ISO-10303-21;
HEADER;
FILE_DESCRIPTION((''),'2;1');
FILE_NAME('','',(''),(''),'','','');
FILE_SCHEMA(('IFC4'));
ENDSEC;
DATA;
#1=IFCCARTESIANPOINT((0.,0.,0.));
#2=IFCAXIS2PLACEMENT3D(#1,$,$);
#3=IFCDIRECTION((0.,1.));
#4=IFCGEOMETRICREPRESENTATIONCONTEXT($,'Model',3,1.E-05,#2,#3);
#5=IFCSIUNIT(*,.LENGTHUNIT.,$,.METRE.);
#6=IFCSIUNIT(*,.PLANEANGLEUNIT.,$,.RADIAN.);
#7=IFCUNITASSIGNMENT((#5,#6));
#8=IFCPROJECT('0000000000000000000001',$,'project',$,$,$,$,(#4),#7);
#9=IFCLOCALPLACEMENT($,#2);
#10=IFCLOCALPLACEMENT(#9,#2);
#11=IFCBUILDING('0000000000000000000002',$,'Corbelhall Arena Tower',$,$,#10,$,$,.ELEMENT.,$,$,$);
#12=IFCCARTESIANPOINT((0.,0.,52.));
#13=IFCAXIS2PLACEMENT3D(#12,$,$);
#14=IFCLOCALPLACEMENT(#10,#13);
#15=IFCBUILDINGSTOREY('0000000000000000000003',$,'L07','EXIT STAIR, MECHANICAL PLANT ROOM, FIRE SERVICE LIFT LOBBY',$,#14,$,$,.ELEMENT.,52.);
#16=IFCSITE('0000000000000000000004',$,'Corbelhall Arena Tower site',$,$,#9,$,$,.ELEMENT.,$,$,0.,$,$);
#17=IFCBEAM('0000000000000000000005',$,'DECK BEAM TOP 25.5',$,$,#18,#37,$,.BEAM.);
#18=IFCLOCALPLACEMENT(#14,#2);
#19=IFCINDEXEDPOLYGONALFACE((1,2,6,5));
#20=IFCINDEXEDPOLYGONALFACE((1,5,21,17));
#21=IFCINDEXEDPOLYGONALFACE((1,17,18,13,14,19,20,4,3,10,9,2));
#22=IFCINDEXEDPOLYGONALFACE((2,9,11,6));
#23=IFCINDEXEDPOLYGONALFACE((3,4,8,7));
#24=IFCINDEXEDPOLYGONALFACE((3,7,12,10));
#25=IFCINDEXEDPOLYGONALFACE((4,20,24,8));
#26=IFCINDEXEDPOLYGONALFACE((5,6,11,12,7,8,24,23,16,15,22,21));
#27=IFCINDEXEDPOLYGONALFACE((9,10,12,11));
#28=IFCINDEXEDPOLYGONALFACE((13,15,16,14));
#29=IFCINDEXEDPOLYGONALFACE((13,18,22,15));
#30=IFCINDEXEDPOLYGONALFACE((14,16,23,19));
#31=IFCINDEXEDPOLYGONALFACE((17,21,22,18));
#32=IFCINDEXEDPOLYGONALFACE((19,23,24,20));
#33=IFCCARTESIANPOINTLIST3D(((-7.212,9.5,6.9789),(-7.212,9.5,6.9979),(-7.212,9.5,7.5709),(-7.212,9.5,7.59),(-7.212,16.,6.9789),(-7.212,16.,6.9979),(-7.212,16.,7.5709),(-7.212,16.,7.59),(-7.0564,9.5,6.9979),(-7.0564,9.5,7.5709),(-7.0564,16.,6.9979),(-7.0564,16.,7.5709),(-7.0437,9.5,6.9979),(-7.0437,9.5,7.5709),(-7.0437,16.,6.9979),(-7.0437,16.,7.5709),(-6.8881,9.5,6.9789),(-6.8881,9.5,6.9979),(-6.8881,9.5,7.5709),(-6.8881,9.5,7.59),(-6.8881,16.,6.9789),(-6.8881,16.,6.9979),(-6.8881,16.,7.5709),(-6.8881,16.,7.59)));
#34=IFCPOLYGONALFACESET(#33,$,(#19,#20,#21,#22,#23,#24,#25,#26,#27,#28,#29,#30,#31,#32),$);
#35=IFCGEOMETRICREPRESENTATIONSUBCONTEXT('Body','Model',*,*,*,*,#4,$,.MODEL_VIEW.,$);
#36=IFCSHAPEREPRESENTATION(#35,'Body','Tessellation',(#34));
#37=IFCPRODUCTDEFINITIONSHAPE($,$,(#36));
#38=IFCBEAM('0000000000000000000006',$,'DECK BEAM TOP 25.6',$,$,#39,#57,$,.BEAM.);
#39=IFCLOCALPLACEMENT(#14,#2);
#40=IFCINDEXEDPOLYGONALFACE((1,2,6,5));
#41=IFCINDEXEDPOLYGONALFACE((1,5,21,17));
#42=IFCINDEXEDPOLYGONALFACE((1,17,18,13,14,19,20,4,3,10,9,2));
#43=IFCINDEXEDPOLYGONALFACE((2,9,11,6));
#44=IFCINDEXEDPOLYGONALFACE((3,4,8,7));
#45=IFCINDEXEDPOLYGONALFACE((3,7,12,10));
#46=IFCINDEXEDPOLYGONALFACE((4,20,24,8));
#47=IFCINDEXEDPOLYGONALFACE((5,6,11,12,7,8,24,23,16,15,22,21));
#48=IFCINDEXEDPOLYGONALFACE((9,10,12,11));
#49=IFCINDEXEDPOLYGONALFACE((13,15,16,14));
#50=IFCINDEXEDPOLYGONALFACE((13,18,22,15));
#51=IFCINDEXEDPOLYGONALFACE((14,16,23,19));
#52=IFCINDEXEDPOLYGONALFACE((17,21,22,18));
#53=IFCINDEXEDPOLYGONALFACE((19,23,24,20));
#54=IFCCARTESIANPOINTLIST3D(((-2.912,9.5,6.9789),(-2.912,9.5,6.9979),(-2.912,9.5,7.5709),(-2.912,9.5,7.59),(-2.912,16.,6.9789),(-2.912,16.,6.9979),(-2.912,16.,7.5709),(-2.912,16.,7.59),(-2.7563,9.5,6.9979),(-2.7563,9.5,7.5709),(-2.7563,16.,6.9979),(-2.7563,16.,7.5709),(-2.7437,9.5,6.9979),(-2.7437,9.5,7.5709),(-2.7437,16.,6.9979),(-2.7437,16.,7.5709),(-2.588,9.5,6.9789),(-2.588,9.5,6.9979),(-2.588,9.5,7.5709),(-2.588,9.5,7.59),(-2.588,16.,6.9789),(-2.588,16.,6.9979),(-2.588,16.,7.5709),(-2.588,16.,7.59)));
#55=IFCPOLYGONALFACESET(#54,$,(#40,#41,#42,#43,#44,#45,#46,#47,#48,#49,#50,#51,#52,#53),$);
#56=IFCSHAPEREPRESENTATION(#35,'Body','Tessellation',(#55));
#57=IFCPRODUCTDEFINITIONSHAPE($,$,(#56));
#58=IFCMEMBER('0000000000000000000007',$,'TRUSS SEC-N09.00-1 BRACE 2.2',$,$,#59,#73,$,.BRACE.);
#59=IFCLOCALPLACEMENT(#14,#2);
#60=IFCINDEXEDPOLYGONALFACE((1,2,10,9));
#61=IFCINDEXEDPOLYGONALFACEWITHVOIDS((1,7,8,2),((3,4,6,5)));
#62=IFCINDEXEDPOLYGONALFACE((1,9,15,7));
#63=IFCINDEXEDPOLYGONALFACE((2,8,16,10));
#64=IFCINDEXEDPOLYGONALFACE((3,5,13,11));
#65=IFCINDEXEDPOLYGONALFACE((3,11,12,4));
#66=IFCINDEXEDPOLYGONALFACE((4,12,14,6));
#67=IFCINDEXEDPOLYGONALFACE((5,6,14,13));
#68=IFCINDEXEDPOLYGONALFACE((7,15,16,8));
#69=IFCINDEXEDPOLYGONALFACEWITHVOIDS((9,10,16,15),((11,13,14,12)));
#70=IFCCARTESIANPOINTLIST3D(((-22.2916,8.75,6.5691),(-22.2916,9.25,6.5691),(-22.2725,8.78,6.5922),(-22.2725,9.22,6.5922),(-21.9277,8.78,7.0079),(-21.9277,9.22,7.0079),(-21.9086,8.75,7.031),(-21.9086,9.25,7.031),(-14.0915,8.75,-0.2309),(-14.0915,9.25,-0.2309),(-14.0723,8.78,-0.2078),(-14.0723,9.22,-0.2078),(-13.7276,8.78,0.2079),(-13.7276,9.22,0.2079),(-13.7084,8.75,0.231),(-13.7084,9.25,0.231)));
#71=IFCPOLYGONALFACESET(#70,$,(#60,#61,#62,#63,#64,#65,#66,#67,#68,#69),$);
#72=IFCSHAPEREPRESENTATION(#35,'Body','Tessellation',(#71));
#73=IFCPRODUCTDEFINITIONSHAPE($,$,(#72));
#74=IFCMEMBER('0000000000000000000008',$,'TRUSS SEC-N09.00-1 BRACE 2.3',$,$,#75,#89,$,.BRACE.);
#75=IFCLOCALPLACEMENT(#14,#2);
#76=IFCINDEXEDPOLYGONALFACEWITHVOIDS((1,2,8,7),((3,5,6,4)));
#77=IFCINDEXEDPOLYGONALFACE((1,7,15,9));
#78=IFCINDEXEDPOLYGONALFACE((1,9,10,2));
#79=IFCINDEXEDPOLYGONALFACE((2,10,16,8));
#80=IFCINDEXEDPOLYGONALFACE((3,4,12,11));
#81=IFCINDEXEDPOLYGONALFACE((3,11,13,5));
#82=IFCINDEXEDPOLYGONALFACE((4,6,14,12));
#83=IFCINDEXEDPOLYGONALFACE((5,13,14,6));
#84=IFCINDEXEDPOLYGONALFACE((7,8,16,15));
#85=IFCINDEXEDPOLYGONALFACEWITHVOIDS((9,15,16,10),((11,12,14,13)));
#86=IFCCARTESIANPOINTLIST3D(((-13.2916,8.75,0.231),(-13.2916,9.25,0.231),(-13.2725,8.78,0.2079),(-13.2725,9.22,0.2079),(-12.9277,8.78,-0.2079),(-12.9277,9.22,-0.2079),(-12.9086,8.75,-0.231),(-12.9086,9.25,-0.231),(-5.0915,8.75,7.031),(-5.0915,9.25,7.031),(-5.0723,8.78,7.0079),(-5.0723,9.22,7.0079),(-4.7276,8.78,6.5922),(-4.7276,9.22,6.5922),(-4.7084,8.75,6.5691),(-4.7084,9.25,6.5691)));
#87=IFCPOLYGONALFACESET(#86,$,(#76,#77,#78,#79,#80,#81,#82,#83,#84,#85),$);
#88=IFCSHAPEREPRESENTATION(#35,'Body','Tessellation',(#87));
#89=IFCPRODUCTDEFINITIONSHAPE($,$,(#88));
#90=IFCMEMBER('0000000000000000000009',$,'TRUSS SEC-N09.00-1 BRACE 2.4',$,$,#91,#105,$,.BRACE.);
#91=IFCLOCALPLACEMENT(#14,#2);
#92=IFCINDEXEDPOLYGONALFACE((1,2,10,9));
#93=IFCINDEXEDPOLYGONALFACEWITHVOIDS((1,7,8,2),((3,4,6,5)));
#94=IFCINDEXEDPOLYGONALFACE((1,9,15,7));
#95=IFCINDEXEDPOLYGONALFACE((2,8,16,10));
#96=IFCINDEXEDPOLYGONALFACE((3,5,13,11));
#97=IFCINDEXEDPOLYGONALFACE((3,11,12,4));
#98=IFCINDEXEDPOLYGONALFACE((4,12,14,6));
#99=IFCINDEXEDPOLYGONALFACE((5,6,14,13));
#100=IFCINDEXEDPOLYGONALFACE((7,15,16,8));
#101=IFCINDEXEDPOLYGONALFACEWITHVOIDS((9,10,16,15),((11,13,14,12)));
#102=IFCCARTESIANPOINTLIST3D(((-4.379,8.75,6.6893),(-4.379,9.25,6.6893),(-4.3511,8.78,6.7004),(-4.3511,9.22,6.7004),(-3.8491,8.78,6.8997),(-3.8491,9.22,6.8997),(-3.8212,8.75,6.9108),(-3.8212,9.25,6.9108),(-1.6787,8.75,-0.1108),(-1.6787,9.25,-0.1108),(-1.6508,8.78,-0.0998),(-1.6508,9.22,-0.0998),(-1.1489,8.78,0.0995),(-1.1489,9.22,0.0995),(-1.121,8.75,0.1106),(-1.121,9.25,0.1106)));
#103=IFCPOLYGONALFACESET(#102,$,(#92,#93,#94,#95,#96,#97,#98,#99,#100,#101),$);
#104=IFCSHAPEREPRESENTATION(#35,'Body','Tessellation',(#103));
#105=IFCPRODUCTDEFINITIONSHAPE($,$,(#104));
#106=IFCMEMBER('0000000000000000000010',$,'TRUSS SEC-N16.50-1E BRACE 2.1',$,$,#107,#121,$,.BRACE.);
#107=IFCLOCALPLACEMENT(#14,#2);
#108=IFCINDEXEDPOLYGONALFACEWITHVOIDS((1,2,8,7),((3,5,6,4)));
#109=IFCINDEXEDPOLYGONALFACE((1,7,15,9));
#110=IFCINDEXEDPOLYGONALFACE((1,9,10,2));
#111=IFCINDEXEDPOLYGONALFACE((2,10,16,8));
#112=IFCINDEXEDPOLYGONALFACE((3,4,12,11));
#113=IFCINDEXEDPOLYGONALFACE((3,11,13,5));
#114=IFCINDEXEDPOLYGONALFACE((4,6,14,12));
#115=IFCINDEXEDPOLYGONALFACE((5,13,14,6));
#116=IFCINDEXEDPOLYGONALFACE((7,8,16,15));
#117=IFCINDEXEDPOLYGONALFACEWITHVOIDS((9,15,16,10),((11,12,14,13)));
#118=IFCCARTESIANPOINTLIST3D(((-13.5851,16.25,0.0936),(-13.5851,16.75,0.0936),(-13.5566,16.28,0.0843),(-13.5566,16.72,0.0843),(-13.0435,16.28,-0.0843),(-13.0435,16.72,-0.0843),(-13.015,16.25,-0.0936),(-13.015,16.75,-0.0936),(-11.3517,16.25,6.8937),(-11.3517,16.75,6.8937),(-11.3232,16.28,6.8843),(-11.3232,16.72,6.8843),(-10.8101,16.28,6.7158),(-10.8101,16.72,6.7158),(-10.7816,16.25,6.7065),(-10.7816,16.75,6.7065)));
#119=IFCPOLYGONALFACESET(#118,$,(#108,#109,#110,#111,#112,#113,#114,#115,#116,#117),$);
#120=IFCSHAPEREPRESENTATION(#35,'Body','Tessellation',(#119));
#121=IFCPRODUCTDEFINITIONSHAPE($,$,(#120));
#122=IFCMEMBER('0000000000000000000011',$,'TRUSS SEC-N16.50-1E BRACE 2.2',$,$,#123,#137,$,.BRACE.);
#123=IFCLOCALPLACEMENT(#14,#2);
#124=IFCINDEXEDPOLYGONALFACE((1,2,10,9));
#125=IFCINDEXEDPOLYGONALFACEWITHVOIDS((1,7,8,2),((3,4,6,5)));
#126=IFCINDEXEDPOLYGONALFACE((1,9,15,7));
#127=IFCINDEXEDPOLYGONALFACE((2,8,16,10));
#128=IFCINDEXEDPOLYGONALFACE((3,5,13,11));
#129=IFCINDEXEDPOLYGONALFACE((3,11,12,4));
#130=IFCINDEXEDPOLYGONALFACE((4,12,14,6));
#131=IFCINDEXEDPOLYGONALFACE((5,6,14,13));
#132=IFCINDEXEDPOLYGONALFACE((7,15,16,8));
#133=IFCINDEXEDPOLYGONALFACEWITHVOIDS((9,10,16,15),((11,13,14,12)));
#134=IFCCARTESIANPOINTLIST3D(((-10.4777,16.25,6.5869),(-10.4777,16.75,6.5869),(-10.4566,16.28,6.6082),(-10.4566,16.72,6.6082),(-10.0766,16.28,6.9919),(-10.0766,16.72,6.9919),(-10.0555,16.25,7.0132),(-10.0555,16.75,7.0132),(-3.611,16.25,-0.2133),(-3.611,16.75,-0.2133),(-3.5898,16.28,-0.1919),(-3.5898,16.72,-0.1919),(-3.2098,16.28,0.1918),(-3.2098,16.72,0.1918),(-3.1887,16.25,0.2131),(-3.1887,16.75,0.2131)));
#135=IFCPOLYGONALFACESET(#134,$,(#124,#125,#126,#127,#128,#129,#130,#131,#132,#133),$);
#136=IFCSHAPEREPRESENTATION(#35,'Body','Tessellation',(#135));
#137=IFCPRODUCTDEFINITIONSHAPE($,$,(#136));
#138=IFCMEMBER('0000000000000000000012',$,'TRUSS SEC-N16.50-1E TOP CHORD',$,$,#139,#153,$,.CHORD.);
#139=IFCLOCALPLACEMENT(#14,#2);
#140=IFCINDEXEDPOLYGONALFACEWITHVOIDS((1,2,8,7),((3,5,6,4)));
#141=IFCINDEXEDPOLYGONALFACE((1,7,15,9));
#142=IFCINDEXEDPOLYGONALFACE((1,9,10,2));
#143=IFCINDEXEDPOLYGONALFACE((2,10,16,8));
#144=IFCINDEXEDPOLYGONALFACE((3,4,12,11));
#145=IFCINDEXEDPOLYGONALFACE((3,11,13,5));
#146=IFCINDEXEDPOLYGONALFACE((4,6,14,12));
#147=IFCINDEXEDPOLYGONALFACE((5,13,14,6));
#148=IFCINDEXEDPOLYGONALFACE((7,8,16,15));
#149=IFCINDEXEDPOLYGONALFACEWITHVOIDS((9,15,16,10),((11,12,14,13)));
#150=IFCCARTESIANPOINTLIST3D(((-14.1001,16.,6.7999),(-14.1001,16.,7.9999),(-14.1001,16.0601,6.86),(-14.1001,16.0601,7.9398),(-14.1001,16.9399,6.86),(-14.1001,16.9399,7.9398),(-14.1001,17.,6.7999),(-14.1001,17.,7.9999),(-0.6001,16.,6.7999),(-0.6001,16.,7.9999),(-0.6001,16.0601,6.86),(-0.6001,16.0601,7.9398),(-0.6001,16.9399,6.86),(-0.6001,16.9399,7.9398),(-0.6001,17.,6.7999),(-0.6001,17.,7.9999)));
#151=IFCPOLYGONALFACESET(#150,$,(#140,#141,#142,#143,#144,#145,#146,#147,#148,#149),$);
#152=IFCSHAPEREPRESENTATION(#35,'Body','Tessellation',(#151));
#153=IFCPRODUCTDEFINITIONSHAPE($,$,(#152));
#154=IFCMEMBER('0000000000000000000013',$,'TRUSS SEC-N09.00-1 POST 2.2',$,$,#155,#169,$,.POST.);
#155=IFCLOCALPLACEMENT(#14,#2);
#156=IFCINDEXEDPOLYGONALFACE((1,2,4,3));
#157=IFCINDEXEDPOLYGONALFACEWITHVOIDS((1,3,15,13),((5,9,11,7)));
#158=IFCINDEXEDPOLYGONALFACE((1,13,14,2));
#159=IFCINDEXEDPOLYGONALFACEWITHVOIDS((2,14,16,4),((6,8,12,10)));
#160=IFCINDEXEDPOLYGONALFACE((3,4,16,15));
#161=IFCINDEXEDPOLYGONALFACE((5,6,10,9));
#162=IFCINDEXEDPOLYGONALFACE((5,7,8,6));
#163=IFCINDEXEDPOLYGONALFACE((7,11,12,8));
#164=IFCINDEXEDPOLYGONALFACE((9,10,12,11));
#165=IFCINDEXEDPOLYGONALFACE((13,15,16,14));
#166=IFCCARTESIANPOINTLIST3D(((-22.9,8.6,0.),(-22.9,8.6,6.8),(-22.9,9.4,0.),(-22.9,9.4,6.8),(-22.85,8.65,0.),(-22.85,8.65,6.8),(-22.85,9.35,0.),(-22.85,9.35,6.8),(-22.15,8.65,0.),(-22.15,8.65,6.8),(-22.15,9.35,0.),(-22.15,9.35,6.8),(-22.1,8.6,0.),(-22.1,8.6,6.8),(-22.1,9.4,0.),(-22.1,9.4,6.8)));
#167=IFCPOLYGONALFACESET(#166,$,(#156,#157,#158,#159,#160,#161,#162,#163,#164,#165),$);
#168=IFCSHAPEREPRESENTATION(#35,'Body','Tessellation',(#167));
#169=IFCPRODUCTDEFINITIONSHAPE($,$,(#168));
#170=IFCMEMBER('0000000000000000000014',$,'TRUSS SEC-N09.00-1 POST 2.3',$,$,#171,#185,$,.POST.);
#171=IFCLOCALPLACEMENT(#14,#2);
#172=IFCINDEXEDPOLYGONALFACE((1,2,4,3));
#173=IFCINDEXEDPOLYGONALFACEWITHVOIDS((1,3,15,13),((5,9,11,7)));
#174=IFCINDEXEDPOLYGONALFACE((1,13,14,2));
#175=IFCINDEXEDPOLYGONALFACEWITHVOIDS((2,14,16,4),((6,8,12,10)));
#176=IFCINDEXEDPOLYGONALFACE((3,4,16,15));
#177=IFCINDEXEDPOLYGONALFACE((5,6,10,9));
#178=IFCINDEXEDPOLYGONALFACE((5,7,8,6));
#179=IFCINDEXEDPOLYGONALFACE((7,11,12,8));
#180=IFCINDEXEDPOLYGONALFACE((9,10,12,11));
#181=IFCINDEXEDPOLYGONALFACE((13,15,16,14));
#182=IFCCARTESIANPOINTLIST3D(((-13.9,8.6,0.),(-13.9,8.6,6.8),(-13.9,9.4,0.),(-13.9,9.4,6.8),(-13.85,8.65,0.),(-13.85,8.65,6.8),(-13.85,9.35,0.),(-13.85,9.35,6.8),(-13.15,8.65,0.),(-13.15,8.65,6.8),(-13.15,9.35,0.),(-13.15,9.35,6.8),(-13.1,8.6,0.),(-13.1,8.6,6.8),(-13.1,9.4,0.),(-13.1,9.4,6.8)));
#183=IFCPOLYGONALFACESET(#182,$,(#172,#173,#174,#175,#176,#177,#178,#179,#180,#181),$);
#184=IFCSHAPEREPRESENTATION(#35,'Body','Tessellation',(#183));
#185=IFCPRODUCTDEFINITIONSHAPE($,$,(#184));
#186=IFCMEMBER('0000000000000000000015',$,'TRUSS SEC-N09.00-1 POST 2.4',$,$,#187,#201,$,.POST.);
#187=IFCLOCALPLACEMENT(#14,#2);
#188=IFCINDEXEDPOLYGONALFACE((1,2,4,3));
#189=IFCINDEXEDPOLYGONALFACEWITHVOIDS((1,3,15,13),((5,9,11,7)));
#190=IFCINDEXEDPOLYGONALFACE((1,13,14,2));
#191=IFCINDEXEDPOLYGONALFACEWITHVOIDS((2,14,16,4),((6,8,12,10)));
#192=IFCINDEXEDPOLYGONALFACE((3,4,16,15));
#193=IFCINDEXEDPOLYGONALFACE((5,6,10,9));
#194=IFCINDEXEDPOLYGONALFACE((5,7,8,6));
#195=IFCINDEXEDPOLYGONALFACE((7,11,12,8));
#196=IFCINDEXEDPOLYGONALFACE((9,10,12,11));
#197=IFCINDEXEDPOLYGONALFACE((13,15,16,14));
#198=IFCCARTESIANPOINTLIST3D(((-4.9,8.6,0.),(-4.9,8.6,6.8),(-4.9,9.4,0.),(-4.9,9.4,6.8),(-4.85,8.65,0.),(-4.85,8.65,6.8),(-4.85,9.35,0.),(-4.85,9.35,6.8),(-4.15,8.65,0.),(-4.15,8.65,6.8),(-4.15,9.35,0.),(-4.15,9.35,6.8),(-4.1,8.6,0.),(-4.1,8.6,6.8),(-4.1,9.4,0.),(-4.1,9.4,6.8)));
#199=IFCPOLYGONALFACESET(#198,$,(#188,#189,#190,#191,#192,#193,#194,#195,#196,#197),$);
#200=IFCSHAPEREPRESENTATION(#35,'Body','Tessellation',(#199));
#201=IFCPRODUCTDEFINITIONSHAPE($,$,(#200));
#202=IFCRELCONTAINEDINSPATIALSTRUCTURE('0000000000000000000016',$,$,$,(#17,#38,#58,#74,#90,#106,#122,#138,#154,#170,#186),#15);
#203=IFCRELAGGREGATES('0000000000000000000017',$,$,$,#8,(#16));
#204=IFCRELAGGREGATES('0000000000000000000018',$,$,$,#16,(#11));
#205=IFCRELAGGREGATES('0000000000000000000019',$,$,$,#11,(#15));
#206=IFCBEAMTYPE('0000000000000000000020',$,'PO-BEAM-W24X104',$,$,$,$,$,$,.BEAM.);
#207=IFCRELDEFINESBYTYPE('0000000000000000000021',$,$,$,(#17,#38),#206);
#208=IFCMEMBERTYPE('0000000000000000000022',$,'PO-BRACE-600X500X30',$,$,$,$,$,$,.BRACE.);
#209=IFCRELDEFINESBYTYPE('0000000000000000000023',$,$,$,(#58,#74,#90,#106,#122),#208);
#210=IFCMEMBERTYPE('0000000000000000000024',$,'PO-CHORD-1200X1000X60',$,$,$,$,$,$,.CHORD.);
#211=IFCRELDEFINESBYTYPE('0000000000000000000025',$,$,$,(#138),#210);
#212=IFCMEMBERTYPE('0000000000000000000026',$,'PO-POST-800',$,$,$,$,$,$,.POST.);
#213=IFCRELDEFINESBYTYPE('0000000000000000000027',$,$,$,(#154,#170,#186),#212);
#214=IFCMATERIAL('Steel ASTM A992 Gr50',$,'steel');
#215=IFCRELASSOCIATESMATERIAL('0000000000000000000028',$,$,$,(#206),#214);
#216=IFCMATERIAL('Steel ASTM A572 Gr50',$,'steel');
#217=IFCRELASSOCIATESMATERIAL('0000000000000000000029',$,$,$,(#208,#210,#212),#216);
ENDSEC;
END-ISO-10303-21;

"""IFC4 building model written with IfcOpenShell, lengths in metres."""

from ifc_helpers import new_model, si_unit, direction, frame, origin, origin_2d, place, context, subcontext, project, spatial, hollow_rectangle, i_section, extrude, material, material_profile, profile_set, type_object, element, save


model = new_model("IFC4")

# Units and contexts
model_context = context("Model", 3, precision=1e-05, world=origin(), true_north=direction((0.0, 1.0)))
body_context = subcontext(model_context, "Body", "Model", "MODEL_VIEW")
ifc_project = project(units=[si_unit("LENGTHUNIT", "METRE"), si_unit("PLANEANGLEUNIT", "RADIAN")], contexts=[model_context])

# Site, building, storey
site_placement = place(None, origin())
site = spatial("IfcSite", under=ifc_project, at=site_placement, Name="Corbelhall Arena Tower site", CompositionType="ELEMENT", RefElevation=0.0)
building_placement = place(site_placement, origin())
building = spatial("IfcBuilding", under=site, at=building_placement, Name="Corbelhall Arena Tower", CompositionType="ELEMENT")
storey_placement = place(building_placement, frame((0.0, 0.0, 52.0)))
storey = spatial("IfcBuildingStorey", under=building, at=storey_placement, Name="L07", Description="EXIT STAIR, MECHANICAL PLANT ROOM, FIRE SERVICE LIFT LOBBY", CompositionType="ELEMENT", Elevation=52.0)

# Beams
ifc_material_1 = material(Name="Steel ASTM A992 Gr50", Category="steel")
ifc_material_profile_1 = material_profile(ifc_material_1, i_section(OverallWidth=0.324, OverallDepth=0.6111, WebThickness=0.0127, FlangeThickness=0.019, at=origin_2d()))
ifc_profile_set_1 = profile_set([ifc_material_profile_1], Name="Steel ASTM A992 Gr50")
beam_type = type_object("IfcBeamType", Name="PO-BEAM-W24X104", PredefinedType="BEAM", material=ifc_profile_set_1)
for number, where, z_axis, x_axis, name in (
    (1, (-7.05, 9.5, 7.2844), (0.0, 1.0, 0.0), (-1.0, 0.0, 0.0), "DECK BEAM TOP 25.5"),
    (2, (-2.75, 9.5, 7.2844), (0.0, 1.0, 0.0), (-1.0, 0.0, 0.0), "DECK BEAM TOP 25.6"),
):
    element("IfcBeam", number, at=place(storey_placement, frame(where, z_axis=z_axis, x_axis=x_axis)), inside=storey, type_object=beam_type, Name=name, PredefinedType="BEAM", context=body_context, shape_type="SweptSolid", body=[
        extrude(i_section(OverallWidth=0.324, OverallDepth=0.6111, WebThickness=0.0127, FlangeThickness=0.019, at=origin_2d()), origin(), (0.0, 0.0, 1.0), 6.5),
    ])

# Members
ifc_material_2 = material(Name="Steel ASTM A572 Gr50", Category="steel")
ifc_material_profile_2 = material_profile(ifc_material_2, hollow_rectangle(XDim=0.5, YDim=0.6001, WallThickness=0.03, at=origin_2d()))
ifc_profile_set_2 = profile_set([ifc_material_profile_2], Name="Steel ASTM A572 Gr50")
member_type_1 = type_object("IfcMemberType", Name="PO-BRACE-600X500X30", PredefinedType="BRACE", material=ifc_profile_set_2)
for number, where, z_axis, x_axis, name in (
    (3, (-22.1001, 9.0, 6.8), (0.769763, 0.0, -0.63833), (0.0, 1.0, 0.0), "TRUSS SEC-N09.00-1 BRACE 2.2"),
    (4, (-13.1001, 9.0, 0.0), (0.769763, 0.0, 0.63833), (0.0, 1.0, 0.0), "TRUSS SEC-N09.00-1 BRACE 2.3"),
):
    element("IfcMember", number, at=place(storey_placement, frame(where, z_axis=z_axis, x_axis=x_axis)), inside=storey, type_object=member_type_1, Name=name, PredefinedType="BRACE", context=body_context, shape_type="SweptSolid", body=[
        extrude(hollow_rectangle(XDim=0.5, YDim=0.6001, WallThickness=0.03, at=origin_2d()), origin(), (0.0, 0.0, 1.0), 10.6528),
    ])
member_1_placement = place(storey_placement, frame((-4.1001, 9.0, 6.8), z_axis=(0.369054, 0.0, -0.929408), x_axis=(0.0, 1.0, 0.0)))
element("IfcMember", 5, at=member_1_placement, inside=storey, type_object=member_type_1, Name="TRUSS SEC-N09.00-1 BRACE 2.4", PredefinedType="BRACE", context=body_context, shape_type="SweptSolid", body=[
    extrude(hollow_rectangle(XDim=0.5, YDim=0.6001, WallThickness=0.03, at=origin_2d()), origin(), (0.0, 0.0, 1.0), 7.3167),
])
member_2_placement = place(storey_placement, frame((-13.3, 16.5, 0.0), z_axis=(0.312039, 0.0, 0.950069), x_axis=(0.0, 1.0, 0.0)))
element("IfcMember", 6, at=member_2_placement, inside=storey, type_object=member_type_1, Name="TRUSS SEC-N16.50-1E BRACE 2.1", PredefinedType="BRACE", context=body_context, shape_type="SweptSolid", body=[
    extrude(hollow_rectangle(XDim=0.5, YDim=0.6001, WallThickness=0.03, at=origin_2d()), origin(), (0.0, 0.0, 1.0), 7.1575),
])
member_3_placement = place(storey_placement, frame((-10.2666, 16.5, 6.8), z_axis=(0.710547, 0.0, -0.70365), x_axis=(0.0, 1.0, 0.0)))
element("IfcMember", 7, at=member_3_placement, inside=storey, type_object=member_type_1, Name="TRUSS SEC-N16.50-1E BRACE 2.2", PredefinedType="BRACE", context=body_context, shape_type="SweptSolid", body=[
    extrude(hollow_rectangle(XDim=0.5, YDim=0.6001, WallThickness=0.03, at=origin_2d()), origin(), (0.0, 0.0, 1.0), 9.6641),
])
ifc_material_profile_3 = material_profile(ifc_material_2, hollow_rectangle(XDim=1.0, YDim=1.2, WallThickness=0.0601, at=origin_2d()))
ifc_profile_set_3 = profile_set([ifc_material_profile_3], Name="Steel ASTM A572 Gr50")
member_type_2 = type_object("IfcMemberType", Name="PO-CHORD-1200X1000X60", PredefinedType="CHORD", material=ifc_profile_set_3)
member_4_placement = place(storey_placement, frame((-14.1001, 16.5, 7.3999), z_axis=(1.0, 0.0, 0.0), x_axis=(0.0, 1.0, 0.0)))
element("IfcMember", 8, at=member_4_placement, inside=storey, type_object=member_type_2, Name="TRUSS SEC-N16.50-1E TOP CHORD", PredefinedType="CHORD", context=body_context, shape_type="SweptSolid", body=[
    extrude(hollow_rectangle(XDim=1.0, YDim=1.2, WallThickness=0.0601, at=origin_2d()), origin(), (0.0, 0.0, 1.0), 13.5),
])
ifc_material_profile_4 = material_profile(ifc_material_2, hollow_rectangle(XDim=0.8, YDim=0.8, WallThickness=0.05, at=origin_2d()))
ifc_profile_set_4 = profile_set([ifc_material_profile_4], Name="Steel ASTM A572 Gr50")
member_type_3 = type_object("IfcMemberType", Name="PO-POST-800", PredefinedType="POST", material=ifc_profile_set_4)
for number, where, z_axis, x_axis, name in (
    (9, (-22.5, 9.0, 0.0), (0.0, 0.0, 1.0), (1.0, 0.0, 0.0), "TRUSS SEC-N09.00-1 POST 2.2"),
    (10, (-13.5, 9.0, 0.0), (0.0, 0.0, 1.0), (1.0, 0.0, 0.0), "TRUSS SEC-N09.00-1 POST 2.3"),
    (11, (-4.5, 9.0, 0.0), (0.0, 0.0, 1.0), (1.0, 0.0, 0.0), "TRUSS SEC-N09.00-1 POST 2.4"),
):
    element("IfcMember", number, at=place(storey_placement, frame(where, z_axis=z_axis, x_axis=x_axis)), inside=storey, type_object=member_type_3, Name=name, PredefinedType="POST", context=body_context, shape_type="SweptSolid", body=[
        extrude(hollow_rectangle(XDim=0.8, YDim=0.8, WallThickness=0.05, at=origin_2d()), origin(), (0.0, 0.0, 1.0), 6.8),
    ])

save(model, "model.ifc")
